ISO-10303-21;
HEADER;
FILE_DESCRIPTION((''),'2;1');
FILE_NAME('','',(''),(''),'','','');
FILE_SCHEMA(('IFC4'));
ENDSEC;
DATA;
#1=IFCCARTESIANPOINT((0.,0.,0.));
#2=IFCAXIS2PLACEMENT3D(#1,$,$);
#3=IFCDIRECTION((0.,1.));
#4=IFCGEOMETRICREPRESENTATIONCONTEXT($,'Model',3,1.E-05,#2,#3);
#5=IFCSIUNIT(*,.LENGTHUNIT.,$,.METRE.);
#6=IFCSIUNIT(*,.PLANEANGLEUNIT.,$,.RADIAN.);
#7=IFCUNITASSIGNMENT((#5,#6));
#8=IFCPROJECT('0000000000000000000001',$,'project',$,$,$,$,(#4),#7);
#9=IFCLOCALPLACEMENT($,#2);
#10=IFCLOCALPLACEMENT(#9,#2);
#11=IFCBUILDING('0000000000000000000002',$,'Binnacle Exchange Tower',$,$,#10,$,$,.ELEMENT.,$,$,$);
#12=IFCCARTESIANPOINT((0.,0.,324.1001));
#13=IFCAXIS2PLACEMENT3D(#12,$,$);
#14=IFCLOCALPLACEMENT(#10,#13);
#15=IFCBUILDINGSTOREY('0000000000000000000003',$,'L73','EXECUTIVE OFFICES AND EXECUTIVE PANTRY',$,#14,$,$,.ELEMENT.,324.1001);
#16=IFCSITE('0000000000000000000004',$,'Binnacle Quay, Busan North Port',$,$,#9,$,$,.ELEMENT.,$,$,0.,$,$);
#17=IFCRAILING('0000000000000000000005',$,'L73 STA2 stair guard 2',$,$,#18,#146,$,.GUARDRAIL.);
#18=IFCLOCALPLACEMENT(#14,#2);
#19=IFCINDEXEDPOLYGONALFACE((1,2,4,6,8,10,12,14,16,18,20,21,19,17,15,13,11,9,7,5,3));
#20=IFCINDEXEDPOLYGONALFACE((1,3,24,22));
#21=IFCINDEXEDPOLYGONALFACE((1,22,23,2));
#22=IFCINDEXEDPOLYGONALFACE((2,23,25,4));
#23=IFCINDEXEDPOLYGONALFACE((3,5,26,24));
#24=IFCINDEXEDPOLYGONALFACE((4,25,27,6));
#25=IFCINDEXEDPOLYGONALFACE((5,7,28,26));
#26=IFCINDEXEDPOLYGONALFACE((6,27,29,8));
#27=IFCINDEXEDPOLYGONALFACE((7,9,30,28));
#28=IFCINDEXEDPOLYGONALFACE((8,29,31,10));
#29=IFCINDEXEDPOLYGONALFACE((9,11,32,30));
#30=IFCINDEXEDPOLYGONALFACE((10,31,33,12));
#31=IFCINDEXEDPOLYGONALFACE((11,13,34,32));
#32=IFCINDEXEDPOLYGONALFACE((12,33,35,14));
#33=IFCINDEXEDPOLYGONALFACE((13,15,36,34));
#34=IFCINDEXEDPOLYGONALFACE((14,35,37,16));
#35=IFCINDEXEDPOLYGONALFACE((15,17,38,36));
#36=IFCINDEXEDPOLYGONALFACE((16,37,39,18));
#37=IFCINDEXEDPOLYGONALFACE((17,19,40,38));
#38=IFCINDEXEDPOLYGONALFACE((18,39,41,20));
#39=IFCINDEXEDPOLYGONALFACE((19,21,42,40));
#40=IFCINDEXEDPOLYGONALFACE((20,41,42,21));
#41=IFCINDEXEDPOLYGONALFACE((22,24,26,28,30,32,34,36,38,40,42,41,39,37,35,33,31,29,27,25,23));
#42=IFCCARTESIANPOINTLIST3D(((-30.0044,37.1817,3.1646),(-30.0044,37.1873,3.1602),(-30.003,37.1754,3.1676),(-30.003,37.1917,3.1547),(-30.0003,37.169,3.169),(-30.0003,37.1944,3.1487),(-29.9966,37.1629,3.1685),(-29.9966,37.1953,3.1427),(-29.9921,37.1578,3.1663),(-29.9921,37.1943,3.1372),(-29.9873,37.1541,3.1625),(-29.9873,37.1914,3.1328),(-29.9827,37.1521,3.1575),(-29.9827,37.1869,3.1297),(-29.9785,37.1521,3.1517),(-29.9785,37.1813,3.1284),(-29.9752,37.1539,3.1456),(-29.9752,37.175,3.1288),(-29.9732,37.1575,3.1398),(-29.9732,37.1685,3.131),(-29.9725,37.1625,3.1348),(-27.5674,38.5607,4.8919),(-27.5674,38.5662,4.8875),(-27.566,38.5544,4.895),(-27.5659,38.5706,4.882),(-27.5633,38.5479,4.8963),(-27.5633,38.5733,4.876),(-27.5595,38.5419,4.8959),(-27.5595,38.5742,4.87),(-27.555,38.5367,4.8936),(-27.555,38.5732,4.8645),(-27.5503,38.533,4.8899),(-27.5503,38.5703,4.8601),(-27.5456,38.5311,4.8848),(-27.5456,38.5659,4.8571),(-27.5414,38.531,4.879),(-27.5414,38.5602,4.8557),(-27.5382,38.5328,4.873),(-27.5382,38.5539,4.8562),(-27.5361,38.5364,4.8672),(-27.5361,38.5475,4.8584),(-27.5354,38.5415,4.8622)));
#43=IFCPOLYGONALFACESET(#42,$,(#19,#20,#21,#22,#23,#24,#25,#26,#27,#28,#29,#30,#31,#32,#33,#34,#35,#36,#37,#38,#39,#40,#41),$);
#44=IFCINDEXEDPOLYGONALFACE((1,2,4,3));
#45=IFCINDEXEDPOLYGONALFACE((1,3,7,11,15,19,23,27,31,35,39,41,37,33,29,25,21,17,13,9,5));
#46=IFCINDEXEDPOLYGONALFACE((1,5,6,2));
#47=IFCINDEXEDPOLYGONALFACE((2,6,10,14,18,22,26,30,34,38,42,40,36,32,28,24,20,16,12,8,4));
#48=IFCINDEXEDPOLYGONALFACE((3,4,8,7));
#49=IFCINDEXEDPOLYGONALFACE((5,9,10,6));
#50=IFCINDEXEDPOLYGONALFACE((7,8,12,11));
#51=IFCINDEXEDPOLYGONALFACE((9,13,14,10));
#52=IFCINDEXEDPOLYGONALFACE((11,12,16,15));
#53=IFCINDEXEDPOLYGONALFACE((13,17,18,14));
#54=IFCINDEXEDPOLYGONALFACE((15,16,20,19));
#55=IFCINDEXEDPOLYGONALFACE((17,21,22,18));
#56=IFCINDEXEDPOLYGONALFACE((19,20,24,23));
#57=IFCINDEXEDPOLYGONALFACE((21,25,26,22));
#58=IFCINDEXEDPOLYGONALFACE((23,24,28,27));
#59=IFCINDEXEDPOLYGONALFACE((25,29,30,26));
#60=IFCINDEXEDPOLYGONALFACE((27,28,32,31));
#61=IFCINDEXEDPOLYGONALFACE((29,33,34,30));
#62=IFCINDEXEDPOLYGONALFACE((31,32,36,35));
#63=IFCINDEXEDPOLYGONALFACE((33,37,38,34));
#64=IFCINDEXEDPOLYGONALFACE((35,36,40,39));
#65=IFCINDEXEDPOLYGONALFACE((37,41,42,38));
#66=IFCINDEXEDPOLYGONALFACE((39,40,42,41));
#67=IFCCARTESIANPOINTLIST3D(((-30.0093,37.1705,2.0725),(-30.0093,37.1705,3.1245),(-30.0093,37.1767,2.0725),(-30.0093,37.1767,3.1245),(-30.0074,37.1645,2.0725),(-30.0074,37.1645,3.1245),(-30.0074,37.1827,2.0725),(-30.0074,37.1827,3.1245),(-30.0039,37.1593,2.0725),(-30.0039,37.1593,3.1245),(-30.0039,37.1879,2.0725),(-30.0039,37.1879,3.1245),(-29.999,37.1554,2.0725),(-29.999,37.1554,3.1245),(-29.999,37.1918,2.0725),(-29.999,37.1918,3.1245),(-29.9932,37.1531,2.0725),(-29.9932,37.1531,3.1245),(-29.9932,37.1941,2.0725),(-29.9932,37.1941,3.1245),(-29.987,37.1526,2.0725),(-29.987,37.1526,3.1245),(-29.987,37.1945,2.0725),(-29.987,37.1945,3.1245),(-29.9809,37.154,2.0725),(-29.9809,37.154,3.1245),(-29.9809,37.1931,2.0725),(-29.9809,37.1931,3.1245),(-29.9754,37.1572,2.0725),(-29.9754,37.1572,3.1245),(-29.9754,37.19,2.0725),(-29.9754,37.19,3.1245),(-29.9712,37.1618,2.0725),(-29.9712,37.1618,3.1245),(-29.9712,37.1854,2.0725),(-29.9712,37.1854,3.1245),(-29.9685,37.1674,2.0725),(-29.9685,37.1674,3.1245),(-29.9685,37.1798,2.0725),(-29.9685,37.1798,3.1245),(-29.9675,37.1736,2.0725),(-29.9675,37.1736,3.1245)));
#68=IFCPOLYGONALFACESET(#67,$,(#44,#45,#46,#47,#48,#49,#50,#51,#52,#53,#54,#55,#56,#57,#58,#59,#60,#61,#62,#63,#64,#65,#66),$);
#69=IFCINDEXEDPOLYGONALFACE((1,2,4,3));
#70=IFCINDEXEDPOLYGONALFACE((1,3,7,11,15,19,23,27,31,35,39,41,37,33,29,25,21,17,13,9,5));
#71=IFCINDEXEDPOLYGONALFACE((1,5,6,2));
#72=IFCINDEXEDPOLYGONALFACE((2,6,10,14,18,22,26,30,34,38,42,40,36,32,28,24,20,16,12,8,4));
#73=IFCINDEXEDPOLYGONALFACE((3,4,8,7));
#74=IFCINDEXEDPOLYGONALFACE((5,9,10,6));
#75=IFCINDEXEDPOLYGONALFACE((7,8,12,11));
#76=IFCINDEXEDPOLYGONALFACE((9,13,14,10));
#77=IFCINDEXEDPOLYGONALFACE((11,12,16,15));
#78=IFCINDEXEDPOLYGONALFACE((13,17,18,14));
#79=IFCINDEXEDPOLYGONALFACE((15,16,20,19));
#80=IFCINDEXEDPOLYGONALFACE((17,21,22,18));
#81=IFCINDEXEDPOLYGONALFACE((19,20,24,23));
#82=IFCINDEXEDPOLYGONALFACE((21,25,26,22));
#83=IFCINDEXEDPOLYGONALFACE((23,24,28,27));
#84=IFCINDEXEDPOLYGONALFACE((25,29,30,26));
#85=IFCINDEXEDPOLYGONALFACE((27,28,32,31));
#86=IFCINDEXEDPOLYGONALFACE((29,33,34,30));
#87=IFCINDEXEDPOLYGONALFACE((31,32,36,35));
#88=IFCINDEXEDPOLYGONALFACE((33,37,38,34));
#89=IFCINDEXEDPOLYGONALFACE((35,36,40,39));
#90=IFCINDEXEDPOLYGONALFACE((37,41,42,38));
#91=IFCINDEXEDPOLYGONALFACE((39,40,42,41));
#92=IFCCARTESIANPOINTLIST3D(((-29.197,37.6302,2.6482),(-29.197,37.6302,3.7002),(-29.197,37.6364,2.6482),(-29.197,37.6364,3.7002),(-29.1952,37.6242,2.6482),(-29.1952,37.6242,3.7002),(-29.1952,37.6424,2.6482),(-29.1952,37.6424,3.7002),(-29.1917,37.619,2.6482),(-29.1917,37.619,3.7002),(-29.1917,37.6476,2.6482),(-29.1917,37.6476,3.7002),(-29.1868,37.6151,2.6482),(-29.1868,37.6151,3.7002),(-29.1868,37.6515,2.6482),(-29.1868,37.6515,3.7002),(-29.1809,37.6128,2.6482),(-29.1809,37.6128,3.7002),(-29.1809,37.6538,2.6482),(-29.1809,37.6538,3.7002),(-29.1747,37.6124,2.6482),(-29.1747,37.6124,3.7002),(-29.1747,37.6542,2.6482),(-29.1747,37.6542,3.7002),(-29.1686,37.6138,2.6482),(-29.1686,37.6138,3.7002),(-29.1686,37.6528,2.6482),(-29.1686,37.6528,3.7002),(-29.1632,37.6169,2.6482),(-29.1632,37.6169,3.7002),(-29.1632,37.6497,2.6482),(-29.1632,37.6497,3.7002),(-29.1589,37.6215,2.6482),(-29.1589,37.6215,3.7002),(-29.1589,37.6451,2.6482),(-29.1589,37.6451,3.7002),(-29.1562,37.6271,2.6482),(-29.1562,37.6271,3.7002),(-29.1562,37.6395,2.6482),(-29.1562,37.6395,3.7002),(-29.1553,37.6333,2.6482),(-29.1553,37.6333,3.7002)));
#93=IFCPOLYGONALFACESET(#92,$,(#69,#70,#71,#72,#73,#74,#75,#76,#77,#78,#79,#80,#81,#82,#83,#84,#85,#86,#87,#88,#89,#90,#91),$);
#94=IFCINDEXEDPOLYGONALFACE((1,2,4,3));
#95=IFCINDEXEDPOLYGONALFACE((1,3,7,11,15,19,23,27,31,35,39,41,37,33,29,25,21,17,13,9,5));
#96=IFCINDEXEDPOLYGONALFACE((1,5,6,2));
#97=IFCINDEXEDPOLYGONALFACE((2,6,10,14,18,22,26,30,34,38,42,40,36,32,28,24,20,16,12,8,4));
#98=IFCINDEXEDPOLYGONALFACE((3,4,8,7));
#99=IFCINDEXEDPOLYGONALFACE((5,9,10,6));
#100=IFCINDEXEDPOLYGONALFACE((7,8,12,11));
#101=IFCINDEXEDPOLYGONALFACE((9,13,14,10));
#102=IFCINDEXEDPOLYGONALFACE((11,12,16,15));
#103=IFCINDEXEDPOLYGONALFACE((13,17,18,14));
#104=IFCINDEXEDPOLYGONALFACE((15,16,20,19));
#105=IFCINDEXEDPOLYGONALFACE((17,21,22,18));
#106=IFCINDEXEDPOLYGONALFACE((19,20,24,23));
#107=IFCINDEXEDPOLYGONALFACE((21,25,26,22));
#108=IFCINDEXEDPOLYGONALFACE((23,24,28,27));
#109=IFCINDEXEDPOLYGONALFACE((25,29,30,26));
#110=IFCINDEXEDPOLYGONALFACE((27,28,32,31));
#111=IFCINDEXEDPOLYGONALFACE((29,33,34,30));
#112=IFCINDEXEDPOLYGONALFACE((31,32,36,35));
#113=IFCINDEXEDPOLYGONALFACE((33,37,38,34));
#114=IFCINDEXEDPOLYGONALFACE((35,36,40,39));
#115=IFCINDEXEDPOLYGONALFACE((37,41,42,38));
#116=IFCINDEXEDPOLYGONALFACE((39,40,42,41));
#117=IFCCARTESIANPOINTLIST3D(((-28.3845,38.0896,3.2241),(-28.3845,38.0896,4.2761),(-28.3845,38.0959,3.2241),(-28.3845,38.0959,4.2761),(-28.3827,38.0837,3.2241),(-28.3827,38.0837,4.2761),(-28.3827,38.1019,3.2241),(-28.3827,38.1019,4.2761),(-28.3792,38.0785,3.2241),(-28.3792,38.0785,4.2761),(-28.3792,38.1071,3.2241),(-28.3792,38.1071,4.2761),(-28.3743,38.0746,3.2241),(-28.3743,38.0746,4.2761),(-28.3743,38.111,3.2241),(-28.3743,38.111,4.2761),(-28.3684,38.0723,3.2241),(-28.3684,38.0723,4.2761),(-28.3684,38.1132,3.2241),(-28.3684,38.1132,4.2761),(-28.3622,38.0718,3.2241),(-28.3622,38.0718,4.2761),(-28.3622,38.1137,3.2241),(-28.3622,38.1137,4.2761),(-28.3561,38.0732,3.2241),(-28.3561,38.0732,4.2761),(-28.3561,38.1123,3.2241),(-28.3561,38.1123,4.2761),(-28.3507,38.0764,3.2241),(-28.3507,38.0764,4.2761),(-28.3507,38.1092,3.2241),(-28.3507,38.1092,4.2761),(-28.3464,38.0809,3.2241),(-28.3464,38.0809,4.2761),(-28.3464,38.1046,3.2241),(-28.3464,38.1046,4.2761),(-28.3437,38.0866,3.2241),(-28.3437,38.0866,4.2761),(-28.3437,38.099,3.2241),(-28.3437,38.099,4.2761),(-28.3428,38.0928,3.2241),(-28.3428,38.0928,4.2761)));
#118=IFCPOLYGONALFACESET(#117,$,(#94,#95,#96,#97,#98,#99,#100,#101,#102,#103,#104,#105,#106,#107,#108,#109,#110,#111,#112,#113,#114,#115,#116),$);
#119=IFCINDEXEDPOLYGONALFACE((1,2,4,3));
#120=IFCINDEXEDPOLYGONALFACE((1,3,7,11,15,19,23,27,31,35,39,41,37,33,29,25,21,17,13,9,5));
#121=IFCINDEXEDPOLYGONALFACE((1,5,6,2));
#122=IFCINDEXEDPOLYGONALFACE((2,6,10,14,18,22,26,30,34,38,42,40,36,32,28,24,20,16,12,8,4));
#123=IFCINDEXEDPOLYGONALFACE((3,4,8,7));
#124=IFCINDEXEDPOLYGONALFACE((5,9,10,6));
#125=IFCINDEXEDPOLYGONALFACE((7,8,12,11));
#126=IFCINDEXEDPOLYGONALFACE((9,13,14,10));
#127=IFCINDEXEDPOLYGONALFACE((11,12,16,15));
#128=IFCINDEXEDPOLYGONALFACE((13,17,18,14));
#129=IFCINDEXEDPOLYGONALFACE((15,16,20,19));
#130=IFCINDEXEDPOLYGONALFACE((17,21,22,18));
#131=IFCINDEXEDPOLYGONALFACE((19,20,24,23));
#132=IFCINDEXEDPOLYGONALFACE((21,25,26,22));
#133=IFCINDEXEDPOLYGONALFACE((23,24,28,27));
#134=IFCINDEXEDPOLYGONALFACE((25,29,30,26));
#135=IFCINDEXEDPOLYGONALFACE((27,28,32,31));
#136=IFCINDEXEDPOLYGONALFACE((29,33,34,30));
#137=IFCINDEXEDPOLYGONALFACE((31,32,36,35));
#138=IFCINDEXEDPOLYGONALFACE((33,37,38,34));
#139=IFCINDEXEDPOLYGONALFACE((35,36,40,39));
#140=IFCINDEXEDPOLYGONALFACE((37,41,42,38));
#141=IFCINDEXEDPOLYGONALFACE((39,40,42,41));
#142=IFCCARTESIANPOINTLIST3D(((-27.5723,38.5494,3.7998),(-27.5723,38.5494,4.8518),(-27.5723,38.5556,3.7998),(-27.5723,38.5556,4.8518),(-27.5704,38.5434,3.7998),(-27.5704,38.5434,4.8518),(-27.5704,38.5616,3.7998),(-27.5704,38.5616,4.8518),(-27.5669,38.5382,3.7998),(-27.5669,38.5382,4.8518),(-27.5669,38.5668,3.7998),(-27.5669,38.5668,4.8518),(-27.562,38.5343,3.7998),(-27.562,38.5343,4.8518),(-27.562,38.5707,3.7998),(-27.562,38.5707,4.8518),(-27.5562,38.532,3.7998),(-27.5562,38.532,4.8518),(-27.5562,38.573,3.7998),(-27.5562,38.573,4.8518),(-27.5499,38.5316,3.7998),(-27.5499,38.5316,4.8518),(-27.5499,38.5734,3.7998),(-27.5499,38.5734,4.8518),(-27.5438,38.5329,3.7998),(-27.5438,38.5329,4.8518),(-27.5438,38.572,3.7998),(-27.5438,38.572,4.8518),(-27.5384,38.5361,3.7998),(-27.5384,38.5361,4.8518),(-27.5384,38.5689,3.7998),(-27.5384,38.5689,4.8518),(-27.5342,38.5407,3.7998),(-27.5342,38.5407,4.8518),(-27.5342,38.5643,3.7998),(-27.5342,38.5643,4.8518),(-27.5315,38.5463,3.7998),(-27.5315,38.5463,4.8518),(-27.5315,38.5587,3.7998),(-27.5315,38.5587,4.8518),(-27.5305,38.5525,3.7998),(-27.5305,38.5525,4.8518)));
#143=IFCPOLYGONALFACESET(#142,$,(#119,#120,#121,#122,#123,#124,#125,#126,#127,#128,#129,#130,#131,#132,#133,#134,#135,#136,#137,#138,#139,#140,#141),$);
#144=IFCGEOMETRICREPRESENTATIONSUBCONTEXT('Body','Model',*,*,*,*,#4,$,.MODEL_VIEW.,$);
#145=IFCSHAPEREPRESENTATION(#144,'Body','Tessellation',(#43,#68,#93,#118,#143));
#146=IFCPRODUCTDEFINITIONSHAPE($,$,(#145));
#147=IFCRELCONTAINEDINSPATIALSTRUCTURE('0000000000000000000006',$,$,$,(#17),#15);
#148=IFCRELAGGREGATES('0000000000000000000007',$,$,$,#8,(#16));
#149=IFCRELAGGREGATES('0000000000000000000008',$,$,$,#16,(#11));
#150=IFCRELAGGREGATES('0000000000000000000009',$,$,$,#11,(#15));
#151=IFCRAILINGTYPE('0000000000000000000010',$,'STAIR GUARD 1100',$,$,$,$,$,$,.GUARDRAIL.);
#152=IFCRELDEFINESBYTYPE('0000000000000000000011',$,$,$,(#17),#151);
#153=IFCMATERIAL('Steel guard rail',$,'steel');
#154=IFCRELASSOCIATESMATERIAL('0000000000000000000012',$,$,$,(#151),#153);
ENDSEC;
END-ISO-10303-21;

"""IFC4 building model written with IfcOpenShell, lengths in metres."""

from ifc_helpers import new_model, si_unit, direction, frame, origin, origin_2d, place, context, subcontext, project, spatial, circle, extrude, material, type_object, element, save


model = new_model("IFC4")

# Units and contexts
model_context = context("Model", 3, precision=1e-05, world=origin(), true_north=direction((0.0, 1.0)))
body_context = subcontext(model_context, "Body", "Model", "MODEL_VIEW")
ifc_project = project(units=[si_unit("LENGTHUNIT", "METRE"), si_unit("PLANEANGLEUNIT", "RADIAN")], contexts=[model_context])

# Site, building, storey
site_placement = place(None, origin())
site = spatial("IfcSite", under=ifc_project, at=site_placement, Name="Binnacle Quay, Busan North Port", CompositionType="ELEMENT", RefElevation=0.0)
building_placement = place(site_placement, origin())
building = spatial("IfcBuilding", under=site, at=building_placement, Name="Binnacle Exchange Tower", CompositionType="ELEMENT")
storey_placement = place(building_placement, frame((0.0, 0.0, 324.1001)))
storey = spatial("IfcBuildingStorey", under=building, at=storey_placement, Name="L73", Description="EXECUTIVE OFFICES AND EXECUTIVE PANTRY", CompositionType="ELEMENT", Elevation=324.1001)

# Railing
ifc_material_1 = material(Name="Steel guard rail", Category="steel")
railing_type_1 = type_object("IfcRailingType", Name="STAIR GUARD 1100", PredefinedType="GUARDRAIL", material=ifc_material_1)
railing_1_placement = place(storey_placement, frame((-29.9885, 37.1736, 2.0725)))
element("IfcRailing", 1, at=railing_1_placement, inside=storey, type_object=railing_type_1, Name="L73 STA2 stair guard 2", PredefinedType="GUARDRAIL", context=body_context, shape_type="SweptSolid", body=[
    extrude(circle(Radius=0.0239, at=origin_2d()), frame((0.0, 0.0, 1.0762), z_axis=(0.740738, 0.419123, 0.525017), x_axis=(-0.492454, 0.870339, 0.0)), (0.0, 0.0, 1.0), 3.29),
    extrude(circle(Radius=0.021, at=origin_2d()), origin(), (0.0, 0.0, 1.0), 1.052),
    extrude(circle(Radius=0.021, at=origin_2d()), frame((0.8123, 0.4597, 0.5757)), (0.0, 0.0, 1.0), 1.052),
    extrude(circle(Radius=0.021, at=origin_2d()), frame((1.6248, 0.9192, 1.1516)), (0.0, 0.0, 1.0), 1.052),
    extrude(circle(Radius=0.021, at=origin_2d()), frame((2.437, 1.3789, 1.7273)), (0.0, 0.0, 1.0), 1.052),
])

save(model, "model.ifc")
